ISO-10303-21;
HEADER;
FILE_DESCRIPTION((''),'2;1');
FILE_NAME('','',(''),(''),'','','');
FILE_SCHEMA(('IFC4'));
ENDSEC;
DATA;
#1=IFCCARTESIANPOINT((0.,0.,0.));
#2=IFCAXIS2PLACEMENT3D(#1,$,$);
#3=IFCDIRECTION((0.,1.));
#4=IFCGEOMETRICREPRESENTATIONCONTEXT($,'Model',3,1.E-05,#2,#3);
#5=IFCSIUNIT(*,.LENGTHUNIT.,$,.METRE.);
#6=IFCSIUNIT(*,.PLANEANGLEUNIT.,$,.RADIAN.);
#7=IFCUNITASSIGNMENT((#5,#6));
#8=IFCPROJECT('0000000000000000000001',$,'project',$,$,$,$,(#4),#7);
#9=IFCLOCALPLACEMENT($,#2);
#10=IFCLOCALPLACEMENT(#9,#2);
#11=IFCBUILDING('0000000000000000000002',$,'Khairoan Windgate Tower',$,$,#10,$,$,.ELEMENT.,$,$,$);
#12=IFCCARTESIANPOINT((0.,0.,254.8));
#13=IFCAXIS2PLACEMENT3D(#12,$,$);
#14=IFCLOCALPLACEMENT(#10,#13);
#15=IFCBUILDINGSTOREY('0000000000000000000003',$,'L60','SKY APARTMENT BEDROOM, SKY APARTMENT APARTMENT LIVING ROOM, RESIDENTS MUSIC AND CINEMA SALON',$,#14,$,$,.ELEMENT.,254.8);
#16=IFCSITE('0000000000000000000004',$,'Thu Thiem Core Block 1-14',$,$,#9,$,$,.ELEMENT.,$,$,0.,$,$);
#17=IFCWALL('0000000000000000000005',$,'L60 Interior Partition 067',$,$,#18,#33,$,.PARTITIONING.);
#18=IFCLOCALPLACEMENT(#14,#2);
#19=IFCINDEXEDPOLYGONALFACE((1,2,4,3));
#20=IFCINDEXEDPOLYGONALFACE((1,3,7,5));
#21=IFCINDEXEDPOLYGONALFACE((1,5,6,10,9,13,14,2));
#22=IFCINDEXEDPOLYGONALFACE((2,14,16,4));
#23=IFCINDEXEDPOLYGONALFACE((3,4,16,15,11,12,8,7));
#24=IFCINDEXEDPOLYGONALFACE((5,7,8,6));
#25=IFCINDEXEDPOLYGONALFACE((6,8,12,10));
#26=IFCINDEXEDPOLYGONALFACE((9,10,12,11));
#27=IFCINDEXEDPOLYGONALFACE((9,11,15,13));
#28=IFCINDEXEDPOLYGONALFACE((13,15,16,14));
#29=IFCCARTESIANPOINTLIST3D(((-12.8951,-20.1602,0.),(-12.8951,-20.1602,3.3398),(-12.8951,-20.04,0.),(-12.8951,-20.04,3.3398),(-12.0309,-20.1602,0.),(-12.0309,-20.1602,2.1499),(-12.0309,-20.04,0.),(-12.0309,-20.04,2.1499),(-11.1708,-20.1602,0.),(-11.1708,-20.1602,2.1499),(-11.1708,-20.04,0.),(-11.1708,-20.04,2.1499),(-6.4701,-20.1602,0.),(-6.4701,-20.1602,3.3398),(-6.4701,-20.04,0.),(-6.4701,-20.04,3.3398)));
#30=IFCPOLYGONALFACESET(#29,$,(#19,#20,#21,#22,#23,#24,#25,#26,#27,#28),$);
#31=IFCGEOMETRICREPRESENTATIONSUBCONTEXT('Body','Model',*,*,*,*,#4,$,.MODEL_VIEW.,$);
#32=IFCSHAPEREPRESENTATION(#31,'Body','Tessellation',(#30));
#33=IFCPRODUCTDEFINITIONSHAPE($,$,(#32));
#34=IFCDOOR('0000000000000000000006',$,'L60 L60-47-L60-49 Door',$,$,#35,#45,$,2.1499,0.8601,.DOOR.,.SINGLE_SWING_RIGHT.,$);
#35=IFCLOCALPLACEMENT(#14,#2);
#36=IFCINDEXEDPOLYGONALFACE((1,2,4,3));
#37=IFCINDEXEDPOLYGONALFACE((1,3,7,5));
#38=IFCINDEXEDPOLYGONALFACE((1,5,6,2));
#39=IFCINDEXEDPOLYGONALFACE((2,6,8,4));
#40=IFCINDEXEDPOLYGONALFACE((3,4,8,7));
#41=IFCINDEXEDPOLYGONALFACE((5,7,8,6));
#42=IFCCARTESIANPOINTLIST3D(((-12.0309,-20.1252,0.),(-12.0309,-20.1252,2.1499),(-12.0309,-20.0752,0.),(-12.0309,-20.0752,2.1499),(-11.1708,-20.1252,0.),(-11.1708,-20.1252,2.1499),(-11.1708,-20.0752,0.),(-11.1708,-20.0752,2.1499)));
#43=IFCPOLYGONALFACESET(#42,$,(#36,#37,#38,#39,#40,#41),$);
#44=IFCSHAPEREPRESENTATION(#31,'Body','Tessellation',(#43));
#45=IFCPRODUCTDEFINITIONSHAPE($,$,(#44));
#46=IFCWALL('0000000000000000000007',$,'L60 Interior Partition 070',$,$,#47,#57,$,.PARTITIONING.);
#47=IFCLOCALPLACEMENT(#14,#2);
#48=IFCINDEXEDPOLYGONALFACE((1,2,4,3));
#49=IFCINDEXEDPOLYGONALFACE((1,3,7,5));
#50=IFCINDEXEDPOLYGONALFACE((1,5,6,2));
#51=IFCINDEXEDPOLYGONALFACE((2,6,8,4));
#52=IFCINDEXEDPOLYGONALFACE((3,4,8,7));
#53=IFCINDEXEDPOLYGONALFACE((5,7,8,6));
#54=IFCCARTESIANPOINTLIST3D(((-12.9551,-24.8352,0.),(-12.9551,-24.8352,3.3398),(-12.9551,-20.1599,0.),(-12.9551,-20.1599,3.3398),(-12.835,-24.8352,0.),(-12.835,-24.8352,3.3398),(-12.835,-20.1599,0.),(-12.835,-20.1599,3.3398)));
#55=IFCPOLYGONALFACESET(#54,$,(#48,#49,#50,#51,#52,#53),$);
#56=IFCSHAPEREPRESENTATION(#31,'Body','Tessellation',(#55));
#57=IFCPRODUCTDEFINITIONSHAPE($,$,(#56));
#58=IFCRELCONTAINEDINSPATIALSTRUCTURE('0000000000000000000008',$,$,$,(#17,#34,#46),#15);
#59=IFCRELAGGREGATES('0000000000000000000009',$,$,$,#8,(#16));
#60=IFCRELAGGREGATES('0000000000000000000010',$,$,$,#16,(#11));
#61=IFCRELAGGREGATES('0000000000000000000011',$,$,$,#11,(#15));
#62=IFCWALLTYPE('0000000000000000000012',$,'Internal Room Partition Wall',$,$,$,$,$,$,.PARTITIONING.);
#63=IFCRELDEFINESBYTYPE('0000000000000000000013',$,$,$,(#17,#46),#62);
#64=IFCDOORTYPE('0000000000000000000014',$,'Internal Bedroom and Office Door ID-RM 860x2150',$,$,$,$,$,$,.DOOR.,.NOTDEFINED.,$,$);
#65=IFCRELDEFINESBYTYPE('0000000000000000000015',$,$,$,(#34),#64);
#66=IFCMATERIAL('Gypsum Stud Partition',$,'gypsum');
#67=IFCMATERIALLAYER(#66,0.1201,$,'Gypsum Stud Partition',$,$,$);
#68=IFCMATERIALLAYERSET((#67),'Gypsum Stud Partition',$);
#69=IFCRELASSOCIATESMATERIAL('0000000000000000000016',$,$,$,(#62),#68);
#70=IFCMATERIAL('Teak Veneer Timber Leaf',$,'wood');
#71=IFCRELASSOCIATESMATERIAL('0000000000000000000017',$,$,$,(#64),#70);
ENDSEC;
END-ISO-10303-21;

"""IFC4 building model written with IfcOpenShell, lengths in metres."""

from ifc_helpers import new_model, si_unit, direction, frame, frame_2d, origin, place, context, subcontext, project, spatial, rectangle, extrude, material, layer, layer_set, type_object, element, fill, save


model = new_model("IFC4")

# Units and contexts
model_context = context("Model", 3, precision=1e-05, world=origin(), true_north=direction((0.0, 1.0)))
body_context = subcontext(model_context, "Body", "Model", "MODEL_VIEW")
ifc_project = project(units=[si_unit("LENGTHUNIT", "METRE"), si_unit("PLANEANGLEUNIT", "RADIAN")], contexts=[model_context])

# Site, building, storey
site_placement = place(None, origin())
site = spatial("IfcSite", under=ifc_project, at=site_placement, Name="Thu Thiem Core Block 1-14", CompositionType="ELEMENT", RefElevation=0.0)
building_placement = place(site_placement, origin())
building = spatial("IfcBuilding", under=site, at=building_placement, Name="Khairoan Windgate Tower", CompositionType="ELEMENT")
storey_placement = place(building_placement, frame((0.0, 0.0, 254.8)))
storey = spatial("IfcBuildingStorey", under=building, at=storey_placement, Name="L60", Description="SKY APARTMENT BEDROOM, SKY APARTMENT APARTMENT LIVING ROOM, RESIDENTS MUSIC AND CINEMA SALON", CompositionType="ELEMENT", Elevation=254.8)

# Wall, opening, door
ifc_material_1 = material(Name="Gypsum Stud Partition", Category="gypsum")
ifc_layer_1 = layer(ifc_material_1, 0.1201, Name="Gypsum Stud Partition")
ifc_layer_set_1 = layer_set([ifc_layer_1], Name="Gypsum Stud Partition")
wall_type = type_object("IfcWallType", Name="Internal Room Partition Wall", PredefinedType="PARTITIONING", material=ifc_layer_set_1)
ifc_material_2 = material(Name="Teak Veneer Timber Leaf", Category="wood")
door_type = type_object("IfcDoorType", Name="Internal Bedroom and Office Door ID-RM 860x2150", OperationType="NOTDEFINED", PredefinedType="DOOR", material=ifc_material_2)
wall_1_placement = place(storey_placement, frame((-12.895, -20.1001, 0.0), z_axis=(0.0, 0.0, 1.0), x_axis=(1.0, 0.0, 0.0)))
wall_1 = element("IfcWall", 1, at=wall_1_placement, inside=storey, type_object=wall_type, Name="L60 Interior Partition 067", PredefinedType="PARTITIONING", context=body_context, shape_type="SweptSolid", body=[
    extrude(rectangle(XDim=6.425, YDim=0.1201, at=frame_2d((3.2124, 0.0))), origin(), (0.0, 0.0, 1.0), 3.3398),
])
opening_1_placement = place(wall_1_placement, frame((0.864, 0.0, 0.0)))
opening_1 = element("IfcOpeningElement", 2, at=opening_1_placement, cuts=wall_1, PredefinedType="OPENING", context=body_context, shape_type="SweptSolid", body=[
    extrude(rectangle(XDim=0.8601, YDim=2.1499, at=frame_2d((0.4302, 1.075))), frame((0.0, 0.0701, 0.0), z_axis=(0.0, -1.0, 0.0), x_axis=(1.0, 0.0, 0.0)), (0.0, 0.0, 1.0), 0.1401),
])
door_1_placement = place(opening_1_placement, origin())
door_1 = element("IfcDoor", 3, at=door_1_placement, inside=storey, type_object=door_type, Name="L60 L60-47-L60-49 Door", OperationType="SINGLE_SWING_RIGHT", OverallHeight=2.1499, OverallWidth=0.8601, PredefinedType="DOOR", context=body_context, shape_type="SweptSolid", body=[
    extrude(rectangle(XDim=0.8601, YDim=2.1499, at=frame_2d((0.4302, 1.075))), frame((0.0, 0.0249, 0.0), z_axis=(0.0, -1.0, 0.0), x_axis=(1.0, 0.0, 0.0)), (0.0, 0.0, 1.0), 0.05),
])
fill(opening_1, door_1)

# Wall
wall_2_placement = place(storey_placement, frame((-12.895, -24.8352, 0.0), z_axis=(0.0, 0.0, 1.0), x_axis=(0.0, 1.0, 0.0)))
element("IfcWall", 4, at=wall_2_placement, inside=storey, type_object=wall_type, Name="L60 Interior Partition 070", PredefinedType="PARTITIONING", context=body_context, shape_type="SweptSolid", body=[
    extrude(rectangle(XDim=4.6753, YDim=0.1201, at=frame_2d((2.3376, 0.0))), origin(), (0.0, 0.0, 1.0), 3.3398),
])

save(model, "model.ifc")
